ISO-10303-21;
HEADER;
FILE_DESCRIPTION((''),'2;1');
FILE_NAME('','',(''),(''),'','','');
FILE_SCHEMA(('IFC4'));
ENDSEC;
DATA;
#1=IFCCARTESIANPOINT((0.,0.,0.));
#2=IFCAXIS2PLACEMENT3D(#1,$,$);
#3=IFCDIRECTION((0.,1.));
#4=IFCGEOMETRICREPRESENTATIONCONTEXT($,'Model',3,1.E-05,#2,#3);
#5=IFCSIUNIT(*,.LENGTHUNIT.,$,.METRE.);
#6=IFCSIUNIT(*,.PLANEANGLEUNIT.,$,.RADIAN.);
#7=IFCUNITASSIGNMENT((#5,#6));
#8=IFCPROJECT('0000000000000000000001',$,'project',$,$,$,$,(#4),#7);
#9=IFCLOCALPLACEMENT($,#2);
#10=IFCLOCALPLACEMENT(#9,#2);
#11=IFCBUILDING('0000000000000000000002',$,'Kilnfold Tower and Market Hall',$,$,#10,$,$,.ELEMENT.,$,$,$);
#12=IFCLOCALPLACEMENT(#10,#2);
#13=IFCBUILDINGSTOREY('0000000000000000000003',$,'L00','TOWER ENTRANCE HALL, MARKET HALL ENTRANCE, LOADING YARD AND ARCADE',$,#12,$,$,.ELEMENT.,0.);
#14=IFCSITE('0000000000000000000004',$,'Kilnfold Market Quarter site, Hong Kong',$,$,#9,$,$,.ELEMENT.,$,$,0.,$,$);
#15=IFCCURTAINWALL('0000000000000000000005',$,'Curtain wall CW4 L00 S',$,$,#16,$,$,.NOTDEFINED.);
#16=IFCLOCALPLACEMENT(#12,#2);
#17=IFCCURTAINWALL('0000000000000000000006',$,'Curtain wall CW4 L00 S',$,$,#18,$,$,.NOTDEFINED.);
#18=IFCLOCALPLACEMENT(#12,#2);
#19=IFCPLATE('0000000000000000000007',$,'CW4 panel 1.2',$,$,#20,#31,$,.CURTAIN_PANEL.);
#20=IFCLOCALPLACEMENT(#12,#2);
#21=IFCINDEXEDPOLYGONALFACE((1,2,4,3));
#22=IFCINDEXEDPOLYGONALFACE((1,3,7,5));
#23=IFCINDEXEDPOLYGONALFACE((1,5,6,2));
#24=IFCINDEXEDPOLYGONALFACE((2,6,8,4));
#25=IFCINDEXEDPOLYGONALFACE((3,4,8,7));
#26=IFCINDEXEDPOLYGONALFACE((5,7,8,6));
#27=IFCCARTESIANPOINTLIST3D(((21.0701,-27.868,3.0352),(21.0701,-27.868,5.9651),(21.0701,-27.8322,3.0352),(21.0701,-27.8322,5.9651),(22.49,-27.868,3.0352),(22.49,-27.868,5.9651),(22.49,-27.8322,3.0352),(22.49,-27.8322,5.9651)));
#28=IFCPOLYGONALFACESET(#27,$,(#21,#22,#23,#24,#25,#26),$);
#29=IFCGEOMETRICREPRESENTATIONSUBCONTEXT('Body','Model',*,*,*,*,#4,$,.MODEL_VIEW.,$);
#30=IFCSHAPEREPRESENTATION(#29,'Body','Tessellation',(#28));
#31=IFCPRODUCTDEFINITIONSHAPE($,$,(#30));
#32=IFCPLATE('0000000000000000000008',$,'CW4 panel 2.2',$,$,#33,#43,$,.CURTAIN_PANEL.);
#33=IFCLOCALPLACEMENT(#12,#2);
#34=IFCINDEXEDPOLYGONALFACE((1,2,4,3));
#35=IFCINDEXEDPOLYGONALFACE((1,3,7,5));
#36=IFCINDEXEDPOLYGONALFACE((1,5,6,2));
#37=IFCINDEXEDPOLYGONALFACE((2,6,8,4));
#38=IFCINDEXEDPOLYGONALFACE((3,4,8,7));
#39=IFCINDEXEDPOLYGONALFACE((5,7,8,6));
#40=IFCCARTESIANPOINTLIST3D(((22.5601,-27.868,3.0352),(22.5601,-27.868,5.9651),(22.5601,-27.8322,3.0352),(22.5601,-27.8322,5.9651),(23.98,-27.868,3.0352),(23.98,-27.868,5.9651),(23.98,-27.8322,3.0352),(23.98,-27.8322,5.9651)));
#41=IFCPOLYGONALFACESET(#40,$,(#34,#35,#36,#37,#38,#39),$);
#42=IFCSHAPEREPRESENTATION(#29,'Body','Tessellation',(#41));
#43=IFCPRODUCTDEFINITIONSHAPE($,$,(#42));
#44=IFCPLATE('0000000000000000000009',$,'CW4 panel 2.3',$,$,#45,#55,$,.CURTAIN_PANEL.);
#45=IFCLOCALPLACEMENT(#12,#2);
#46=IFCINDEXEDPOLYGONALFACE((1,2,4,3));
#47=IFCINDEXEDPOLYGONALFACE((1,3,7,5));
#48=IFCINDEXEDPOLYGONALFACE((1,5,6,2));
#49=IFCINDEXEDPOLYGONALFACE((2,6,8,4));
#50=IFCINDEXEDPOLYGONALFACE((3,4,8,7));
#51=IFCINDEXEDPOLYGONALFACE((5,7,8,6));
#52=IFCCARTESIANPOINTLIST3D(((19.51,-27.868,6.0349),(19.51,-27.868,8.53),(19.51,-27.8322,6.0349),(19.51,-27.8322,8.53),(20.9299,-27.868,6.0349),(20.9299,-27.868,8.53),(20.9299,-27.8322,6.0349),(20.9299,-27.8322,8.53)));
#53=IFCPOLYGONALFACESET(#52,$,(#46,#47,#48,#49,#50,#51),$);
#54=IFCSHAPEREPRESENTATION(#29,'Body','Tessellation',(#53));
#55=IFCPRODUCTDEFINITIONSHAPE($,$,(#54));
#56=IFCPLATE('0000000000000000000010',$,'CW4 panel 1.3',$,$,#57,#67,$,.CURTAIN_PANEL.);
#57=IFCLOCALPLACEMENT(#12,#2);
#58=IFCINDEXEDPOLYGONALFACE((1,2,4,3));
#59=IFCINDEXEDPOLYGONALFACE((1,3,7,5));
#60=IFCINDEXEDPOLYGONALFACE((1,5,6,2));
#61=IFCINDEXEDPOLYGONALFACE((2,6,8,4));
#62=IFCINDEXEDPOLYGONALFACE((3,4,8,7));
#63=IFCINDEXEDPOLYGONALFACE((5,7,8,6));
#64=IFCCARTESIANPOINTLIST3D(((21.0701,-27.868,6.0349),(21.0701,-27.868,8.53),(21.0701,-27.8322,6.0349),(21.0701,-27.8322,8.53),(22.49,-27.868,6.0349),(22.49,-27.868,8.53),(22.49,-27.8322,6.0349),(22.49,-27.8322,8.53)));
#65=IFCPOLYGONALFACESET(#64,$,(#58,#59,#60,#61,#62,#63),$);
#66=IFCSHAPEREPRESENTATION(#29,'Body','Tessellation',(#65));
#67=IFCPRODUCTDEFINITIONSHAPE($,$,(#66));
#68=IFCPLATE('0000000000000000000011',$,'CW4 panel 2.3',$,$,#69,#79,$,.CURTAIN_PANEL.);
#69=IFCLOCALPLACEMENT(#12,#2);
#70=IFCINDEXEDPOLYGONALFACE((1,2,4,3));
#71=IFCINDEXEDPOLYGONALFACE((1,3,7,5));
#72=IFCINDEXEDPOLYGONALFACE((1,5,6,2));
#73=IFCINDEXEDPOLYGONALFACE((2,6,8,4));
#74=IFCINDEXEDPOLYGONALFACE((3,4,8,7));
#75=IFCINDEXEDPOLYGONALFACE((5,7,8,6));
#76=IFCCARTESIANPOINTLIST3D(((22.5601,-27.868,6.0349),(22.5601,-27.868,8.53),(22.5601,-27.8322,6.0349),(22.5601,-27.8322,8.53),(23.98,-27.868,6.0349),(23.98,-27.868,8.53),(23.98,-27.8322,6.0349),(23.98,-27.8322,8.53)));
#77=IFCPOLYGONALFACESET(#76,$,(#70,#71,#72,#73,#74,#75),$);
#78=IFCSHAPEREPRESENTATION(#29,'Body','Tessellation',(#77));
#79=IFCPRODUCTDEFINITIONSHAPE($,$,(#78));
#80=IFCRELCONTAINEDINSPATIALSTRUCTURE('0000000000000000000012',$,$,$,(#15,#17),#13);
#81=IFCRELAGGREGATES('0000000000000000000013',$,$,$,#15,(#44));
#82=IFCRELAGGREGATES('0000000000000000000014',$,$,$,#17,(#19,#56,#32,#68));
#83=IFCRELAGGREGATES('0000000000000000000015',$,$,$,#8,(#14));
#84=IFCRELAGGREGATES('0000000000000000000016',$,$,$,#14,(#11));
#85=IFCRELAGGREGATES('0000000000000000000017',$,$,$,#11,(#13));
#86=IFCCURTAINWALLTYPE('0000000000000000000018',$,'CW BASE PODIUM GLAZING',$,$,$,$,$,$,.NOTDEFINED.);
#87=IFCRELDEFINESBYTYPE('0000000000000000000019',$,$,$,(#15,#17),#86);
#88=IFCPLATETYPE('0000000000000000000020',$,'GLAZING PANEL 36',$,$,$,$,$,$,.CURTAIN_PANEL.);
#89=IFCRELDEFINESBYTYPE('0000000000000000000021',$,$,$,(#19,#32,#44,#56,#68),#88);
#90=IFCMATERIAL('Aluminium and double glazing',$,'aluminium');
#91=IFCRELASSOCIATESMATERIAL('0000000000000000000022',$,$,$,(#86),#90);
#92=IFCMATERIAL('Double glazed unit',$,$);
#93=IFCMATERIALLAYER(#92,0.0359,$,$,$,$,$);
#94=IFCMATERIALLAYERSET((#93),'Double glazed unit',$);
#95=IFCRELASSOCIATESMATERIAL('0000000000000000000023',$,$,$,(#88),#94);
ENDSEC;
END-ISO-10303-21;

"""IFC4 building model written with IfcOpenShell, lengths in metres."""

from ifc_helpers import new_model, si_unit, direction, frame, origin, origin_2d, place, context, subcontext, project, spatial, rectangle, extrude, source, transform, mapped, material, layer, layer_set, type_object, element, aggregate, save


model = new_model("IFC4")

# Units and contexts
model_context = context("Model", 3, precision=1e-05, world=origin(), true_north=direction((0.0, 1.0)))
body_context = subcontext(model_context, "Body", "Model", "MODEL_VIEW")
ifc_project = project(units=[si_unit("LENGTHUNIT", "METRE"), si_unit("PLANEANGLEUNIT", "RADIAN")], contexts=[model_context])

# Site, building, storey
site_placement = place(None, origin())
site = spatial("IfcSite", under=ifc_project, at=site_placement, Name="Kilnfold Market Quarter site, Hong Kong", CompositionType="ELEMENT", RefElevation=0.0)
building_placement = place(site_placement, origin())
building = spatial("IfcBuilding", under=site, at=building_placement, Name="Kilnfold Tower and Market Hall", CompositionType="ELEMENT")
storey_placement = place(building_placement, origin())
storey = spatial("IfcBuildingStorey", under=building, at=storey_placement, Name="L00", Description="TOWER ENTRANCE HALL, MARKET HALL ENTRANCE, LOADING YARD AND ARCADE", CompositionType="ELEMENT", Elevation=0.0)

# Curtain wall
ifc_material_1 = material(Name="Aluminium and double glazing", Category="aluminium")
curtain_wall_type = type_object("IfcCurtainWallType", Name="CW BASE PODIUM GLAZING", PredefinedType="NOTDEFINED", material=ifc_material_1)
curtain_wall_1_placement = place(storey_placement, origin())
curtain_wall_1 = element("IfcCurtainWall", 1, at=curtain_wall_1_placement, inside=storey, type_object=curtain_wall_type, Name="Curtain wall CW4 L00 S", PredefinedType="NOTDEFINED")

# Curtain wall, plates
curtain_wall_2_placement = place(storey_placement, origin())
curtain_wall_2 = element("IfcCurtainWall", 2, at=curtain_wall_2_placement, inside=storey, type_object=curtain_wall_type, Name="Curtain wall CW4 L00 S", PredefinedType="NOTDEFINED")
ifc_material_2 = material(Name="Double glazed unit")
ifc_layer = layer(ifc_material_2, 0.0359)
ifc_layer_set = layer_set([ifc_layer], Name="Double glazed unit")
plate_type = type_object("IfcPlateType", Name="GLAZING PANEL 36", PredefinedType="CURTAIN_PANEL", material=ifc_layer_set)
shared_shape_1 = source(origin(), body_context, "Body", "SweptSolid", [
    extrude(rectangle(XDim=1.4199, YDim=0.0359, at=origin_2d()), origin(), (0.0, 0.0, 1.0), 2.9299),
])
plate_1_placement = place(storey_placement, frame((21.78, -27.8501, 3.0352), z_axis=(0.0, 0.0, 1.0), x_axis=(1.0, 0.0, 0.0)))
plate_1 = element("IfcPlate", 3, at=plate_1_placement, type_object=plate_type, Name="CW4 panel 1.2", PredefinedType="CURTAIN_PANEL", context=body_context, shape_type="MappedRepresentation", body=[
    mapped(shared_shape_1, transform((0.0, 0.0, 0.0))),
])
plate_2_placement = place(storey_placement, frame((23.27, -27.8501, 3.0352), z_axis=(0.0, 0.0, 1.0), x_axis=(1.0, 0.0, 0.0)))
plate_2 = element("IfcPlate", 4, at=plate_2_placement, type_object=plate_type, Name="CW4 panel 2.2", PredefinedType="CURTAIN_PANEL", context=body_context, shape_type="MappedRepresentation", body=[
    mapped(shared_shape_1, transform((0.0, 0.0, 0.0))),
])

# Plates
shared_shape_2 = source(origin(), body_context, "Body", "SweptSolid", [
    extrude(rectangle(XDim=1.4199, YDim=0.0359, at=origin_2d()), origin(), (0.0, 0.0, 1.0), 2.4951),
])
plate_3_placement = place(storey_placement, frame((20.22, -27.8501, 6.0349), z_axis=(0.0, 0.0, 1.0), x_axis=(1.0, 0.0, 0.0)))
plate_3 = element("IfcPlate", 5, at=plate_3_placement, type_object=plate_type, Name="CW4 panel 2.3", PredefinedType="CURTAIN_PANEL", context=body_context, shape_type="MappedRepresentation", body=[
    mapped(shared_shape_2, transform((0.0, 0.0, 0.0))),
])
aggregate(curtain_wall_1, [plate_3])
plate_4_placement = place(storey_placement, frame((21.78, -27.8501, 6.0349), z_axis=(0.0, 0.0, 1.0), x_axis=(1.0, 0.0, 0.0)))
plate_4 = element("IfcPlate", 6, at=plate_4_placement, type_object=plate_type, Name="CW4 panel 1.3", PredefinedType="CURTAIN_PANEL", context=body_context, shape_type="MappedRepresentation", body=[
    mapped(shared_shape_2, transform((0.0, 0.0, 0.0))),
])
plate_5_placement = place(storey_placement, frame((23.27, -27.8501, 6.0349), z_axis=(0.0, 0.0, 1.0), x_axis=(1.0, 0.0, 0.0)))
plate_5 = element("IfcPlate", 7, at=plate_5_placement, type_object=plate_type, Name="CW4 panel 2.3", PredefinedType="CURTAIN_PANEL", context=body_context, shape_type="MappedRepresentation", body=[
    mapped(shared_shape_2, transform((0.0, 0.0, 0.0))),
])
aggregate(curtain_wall_2, [plate_1, plate_4, plate_2, plate_5])

save(model, "model.ifc")
